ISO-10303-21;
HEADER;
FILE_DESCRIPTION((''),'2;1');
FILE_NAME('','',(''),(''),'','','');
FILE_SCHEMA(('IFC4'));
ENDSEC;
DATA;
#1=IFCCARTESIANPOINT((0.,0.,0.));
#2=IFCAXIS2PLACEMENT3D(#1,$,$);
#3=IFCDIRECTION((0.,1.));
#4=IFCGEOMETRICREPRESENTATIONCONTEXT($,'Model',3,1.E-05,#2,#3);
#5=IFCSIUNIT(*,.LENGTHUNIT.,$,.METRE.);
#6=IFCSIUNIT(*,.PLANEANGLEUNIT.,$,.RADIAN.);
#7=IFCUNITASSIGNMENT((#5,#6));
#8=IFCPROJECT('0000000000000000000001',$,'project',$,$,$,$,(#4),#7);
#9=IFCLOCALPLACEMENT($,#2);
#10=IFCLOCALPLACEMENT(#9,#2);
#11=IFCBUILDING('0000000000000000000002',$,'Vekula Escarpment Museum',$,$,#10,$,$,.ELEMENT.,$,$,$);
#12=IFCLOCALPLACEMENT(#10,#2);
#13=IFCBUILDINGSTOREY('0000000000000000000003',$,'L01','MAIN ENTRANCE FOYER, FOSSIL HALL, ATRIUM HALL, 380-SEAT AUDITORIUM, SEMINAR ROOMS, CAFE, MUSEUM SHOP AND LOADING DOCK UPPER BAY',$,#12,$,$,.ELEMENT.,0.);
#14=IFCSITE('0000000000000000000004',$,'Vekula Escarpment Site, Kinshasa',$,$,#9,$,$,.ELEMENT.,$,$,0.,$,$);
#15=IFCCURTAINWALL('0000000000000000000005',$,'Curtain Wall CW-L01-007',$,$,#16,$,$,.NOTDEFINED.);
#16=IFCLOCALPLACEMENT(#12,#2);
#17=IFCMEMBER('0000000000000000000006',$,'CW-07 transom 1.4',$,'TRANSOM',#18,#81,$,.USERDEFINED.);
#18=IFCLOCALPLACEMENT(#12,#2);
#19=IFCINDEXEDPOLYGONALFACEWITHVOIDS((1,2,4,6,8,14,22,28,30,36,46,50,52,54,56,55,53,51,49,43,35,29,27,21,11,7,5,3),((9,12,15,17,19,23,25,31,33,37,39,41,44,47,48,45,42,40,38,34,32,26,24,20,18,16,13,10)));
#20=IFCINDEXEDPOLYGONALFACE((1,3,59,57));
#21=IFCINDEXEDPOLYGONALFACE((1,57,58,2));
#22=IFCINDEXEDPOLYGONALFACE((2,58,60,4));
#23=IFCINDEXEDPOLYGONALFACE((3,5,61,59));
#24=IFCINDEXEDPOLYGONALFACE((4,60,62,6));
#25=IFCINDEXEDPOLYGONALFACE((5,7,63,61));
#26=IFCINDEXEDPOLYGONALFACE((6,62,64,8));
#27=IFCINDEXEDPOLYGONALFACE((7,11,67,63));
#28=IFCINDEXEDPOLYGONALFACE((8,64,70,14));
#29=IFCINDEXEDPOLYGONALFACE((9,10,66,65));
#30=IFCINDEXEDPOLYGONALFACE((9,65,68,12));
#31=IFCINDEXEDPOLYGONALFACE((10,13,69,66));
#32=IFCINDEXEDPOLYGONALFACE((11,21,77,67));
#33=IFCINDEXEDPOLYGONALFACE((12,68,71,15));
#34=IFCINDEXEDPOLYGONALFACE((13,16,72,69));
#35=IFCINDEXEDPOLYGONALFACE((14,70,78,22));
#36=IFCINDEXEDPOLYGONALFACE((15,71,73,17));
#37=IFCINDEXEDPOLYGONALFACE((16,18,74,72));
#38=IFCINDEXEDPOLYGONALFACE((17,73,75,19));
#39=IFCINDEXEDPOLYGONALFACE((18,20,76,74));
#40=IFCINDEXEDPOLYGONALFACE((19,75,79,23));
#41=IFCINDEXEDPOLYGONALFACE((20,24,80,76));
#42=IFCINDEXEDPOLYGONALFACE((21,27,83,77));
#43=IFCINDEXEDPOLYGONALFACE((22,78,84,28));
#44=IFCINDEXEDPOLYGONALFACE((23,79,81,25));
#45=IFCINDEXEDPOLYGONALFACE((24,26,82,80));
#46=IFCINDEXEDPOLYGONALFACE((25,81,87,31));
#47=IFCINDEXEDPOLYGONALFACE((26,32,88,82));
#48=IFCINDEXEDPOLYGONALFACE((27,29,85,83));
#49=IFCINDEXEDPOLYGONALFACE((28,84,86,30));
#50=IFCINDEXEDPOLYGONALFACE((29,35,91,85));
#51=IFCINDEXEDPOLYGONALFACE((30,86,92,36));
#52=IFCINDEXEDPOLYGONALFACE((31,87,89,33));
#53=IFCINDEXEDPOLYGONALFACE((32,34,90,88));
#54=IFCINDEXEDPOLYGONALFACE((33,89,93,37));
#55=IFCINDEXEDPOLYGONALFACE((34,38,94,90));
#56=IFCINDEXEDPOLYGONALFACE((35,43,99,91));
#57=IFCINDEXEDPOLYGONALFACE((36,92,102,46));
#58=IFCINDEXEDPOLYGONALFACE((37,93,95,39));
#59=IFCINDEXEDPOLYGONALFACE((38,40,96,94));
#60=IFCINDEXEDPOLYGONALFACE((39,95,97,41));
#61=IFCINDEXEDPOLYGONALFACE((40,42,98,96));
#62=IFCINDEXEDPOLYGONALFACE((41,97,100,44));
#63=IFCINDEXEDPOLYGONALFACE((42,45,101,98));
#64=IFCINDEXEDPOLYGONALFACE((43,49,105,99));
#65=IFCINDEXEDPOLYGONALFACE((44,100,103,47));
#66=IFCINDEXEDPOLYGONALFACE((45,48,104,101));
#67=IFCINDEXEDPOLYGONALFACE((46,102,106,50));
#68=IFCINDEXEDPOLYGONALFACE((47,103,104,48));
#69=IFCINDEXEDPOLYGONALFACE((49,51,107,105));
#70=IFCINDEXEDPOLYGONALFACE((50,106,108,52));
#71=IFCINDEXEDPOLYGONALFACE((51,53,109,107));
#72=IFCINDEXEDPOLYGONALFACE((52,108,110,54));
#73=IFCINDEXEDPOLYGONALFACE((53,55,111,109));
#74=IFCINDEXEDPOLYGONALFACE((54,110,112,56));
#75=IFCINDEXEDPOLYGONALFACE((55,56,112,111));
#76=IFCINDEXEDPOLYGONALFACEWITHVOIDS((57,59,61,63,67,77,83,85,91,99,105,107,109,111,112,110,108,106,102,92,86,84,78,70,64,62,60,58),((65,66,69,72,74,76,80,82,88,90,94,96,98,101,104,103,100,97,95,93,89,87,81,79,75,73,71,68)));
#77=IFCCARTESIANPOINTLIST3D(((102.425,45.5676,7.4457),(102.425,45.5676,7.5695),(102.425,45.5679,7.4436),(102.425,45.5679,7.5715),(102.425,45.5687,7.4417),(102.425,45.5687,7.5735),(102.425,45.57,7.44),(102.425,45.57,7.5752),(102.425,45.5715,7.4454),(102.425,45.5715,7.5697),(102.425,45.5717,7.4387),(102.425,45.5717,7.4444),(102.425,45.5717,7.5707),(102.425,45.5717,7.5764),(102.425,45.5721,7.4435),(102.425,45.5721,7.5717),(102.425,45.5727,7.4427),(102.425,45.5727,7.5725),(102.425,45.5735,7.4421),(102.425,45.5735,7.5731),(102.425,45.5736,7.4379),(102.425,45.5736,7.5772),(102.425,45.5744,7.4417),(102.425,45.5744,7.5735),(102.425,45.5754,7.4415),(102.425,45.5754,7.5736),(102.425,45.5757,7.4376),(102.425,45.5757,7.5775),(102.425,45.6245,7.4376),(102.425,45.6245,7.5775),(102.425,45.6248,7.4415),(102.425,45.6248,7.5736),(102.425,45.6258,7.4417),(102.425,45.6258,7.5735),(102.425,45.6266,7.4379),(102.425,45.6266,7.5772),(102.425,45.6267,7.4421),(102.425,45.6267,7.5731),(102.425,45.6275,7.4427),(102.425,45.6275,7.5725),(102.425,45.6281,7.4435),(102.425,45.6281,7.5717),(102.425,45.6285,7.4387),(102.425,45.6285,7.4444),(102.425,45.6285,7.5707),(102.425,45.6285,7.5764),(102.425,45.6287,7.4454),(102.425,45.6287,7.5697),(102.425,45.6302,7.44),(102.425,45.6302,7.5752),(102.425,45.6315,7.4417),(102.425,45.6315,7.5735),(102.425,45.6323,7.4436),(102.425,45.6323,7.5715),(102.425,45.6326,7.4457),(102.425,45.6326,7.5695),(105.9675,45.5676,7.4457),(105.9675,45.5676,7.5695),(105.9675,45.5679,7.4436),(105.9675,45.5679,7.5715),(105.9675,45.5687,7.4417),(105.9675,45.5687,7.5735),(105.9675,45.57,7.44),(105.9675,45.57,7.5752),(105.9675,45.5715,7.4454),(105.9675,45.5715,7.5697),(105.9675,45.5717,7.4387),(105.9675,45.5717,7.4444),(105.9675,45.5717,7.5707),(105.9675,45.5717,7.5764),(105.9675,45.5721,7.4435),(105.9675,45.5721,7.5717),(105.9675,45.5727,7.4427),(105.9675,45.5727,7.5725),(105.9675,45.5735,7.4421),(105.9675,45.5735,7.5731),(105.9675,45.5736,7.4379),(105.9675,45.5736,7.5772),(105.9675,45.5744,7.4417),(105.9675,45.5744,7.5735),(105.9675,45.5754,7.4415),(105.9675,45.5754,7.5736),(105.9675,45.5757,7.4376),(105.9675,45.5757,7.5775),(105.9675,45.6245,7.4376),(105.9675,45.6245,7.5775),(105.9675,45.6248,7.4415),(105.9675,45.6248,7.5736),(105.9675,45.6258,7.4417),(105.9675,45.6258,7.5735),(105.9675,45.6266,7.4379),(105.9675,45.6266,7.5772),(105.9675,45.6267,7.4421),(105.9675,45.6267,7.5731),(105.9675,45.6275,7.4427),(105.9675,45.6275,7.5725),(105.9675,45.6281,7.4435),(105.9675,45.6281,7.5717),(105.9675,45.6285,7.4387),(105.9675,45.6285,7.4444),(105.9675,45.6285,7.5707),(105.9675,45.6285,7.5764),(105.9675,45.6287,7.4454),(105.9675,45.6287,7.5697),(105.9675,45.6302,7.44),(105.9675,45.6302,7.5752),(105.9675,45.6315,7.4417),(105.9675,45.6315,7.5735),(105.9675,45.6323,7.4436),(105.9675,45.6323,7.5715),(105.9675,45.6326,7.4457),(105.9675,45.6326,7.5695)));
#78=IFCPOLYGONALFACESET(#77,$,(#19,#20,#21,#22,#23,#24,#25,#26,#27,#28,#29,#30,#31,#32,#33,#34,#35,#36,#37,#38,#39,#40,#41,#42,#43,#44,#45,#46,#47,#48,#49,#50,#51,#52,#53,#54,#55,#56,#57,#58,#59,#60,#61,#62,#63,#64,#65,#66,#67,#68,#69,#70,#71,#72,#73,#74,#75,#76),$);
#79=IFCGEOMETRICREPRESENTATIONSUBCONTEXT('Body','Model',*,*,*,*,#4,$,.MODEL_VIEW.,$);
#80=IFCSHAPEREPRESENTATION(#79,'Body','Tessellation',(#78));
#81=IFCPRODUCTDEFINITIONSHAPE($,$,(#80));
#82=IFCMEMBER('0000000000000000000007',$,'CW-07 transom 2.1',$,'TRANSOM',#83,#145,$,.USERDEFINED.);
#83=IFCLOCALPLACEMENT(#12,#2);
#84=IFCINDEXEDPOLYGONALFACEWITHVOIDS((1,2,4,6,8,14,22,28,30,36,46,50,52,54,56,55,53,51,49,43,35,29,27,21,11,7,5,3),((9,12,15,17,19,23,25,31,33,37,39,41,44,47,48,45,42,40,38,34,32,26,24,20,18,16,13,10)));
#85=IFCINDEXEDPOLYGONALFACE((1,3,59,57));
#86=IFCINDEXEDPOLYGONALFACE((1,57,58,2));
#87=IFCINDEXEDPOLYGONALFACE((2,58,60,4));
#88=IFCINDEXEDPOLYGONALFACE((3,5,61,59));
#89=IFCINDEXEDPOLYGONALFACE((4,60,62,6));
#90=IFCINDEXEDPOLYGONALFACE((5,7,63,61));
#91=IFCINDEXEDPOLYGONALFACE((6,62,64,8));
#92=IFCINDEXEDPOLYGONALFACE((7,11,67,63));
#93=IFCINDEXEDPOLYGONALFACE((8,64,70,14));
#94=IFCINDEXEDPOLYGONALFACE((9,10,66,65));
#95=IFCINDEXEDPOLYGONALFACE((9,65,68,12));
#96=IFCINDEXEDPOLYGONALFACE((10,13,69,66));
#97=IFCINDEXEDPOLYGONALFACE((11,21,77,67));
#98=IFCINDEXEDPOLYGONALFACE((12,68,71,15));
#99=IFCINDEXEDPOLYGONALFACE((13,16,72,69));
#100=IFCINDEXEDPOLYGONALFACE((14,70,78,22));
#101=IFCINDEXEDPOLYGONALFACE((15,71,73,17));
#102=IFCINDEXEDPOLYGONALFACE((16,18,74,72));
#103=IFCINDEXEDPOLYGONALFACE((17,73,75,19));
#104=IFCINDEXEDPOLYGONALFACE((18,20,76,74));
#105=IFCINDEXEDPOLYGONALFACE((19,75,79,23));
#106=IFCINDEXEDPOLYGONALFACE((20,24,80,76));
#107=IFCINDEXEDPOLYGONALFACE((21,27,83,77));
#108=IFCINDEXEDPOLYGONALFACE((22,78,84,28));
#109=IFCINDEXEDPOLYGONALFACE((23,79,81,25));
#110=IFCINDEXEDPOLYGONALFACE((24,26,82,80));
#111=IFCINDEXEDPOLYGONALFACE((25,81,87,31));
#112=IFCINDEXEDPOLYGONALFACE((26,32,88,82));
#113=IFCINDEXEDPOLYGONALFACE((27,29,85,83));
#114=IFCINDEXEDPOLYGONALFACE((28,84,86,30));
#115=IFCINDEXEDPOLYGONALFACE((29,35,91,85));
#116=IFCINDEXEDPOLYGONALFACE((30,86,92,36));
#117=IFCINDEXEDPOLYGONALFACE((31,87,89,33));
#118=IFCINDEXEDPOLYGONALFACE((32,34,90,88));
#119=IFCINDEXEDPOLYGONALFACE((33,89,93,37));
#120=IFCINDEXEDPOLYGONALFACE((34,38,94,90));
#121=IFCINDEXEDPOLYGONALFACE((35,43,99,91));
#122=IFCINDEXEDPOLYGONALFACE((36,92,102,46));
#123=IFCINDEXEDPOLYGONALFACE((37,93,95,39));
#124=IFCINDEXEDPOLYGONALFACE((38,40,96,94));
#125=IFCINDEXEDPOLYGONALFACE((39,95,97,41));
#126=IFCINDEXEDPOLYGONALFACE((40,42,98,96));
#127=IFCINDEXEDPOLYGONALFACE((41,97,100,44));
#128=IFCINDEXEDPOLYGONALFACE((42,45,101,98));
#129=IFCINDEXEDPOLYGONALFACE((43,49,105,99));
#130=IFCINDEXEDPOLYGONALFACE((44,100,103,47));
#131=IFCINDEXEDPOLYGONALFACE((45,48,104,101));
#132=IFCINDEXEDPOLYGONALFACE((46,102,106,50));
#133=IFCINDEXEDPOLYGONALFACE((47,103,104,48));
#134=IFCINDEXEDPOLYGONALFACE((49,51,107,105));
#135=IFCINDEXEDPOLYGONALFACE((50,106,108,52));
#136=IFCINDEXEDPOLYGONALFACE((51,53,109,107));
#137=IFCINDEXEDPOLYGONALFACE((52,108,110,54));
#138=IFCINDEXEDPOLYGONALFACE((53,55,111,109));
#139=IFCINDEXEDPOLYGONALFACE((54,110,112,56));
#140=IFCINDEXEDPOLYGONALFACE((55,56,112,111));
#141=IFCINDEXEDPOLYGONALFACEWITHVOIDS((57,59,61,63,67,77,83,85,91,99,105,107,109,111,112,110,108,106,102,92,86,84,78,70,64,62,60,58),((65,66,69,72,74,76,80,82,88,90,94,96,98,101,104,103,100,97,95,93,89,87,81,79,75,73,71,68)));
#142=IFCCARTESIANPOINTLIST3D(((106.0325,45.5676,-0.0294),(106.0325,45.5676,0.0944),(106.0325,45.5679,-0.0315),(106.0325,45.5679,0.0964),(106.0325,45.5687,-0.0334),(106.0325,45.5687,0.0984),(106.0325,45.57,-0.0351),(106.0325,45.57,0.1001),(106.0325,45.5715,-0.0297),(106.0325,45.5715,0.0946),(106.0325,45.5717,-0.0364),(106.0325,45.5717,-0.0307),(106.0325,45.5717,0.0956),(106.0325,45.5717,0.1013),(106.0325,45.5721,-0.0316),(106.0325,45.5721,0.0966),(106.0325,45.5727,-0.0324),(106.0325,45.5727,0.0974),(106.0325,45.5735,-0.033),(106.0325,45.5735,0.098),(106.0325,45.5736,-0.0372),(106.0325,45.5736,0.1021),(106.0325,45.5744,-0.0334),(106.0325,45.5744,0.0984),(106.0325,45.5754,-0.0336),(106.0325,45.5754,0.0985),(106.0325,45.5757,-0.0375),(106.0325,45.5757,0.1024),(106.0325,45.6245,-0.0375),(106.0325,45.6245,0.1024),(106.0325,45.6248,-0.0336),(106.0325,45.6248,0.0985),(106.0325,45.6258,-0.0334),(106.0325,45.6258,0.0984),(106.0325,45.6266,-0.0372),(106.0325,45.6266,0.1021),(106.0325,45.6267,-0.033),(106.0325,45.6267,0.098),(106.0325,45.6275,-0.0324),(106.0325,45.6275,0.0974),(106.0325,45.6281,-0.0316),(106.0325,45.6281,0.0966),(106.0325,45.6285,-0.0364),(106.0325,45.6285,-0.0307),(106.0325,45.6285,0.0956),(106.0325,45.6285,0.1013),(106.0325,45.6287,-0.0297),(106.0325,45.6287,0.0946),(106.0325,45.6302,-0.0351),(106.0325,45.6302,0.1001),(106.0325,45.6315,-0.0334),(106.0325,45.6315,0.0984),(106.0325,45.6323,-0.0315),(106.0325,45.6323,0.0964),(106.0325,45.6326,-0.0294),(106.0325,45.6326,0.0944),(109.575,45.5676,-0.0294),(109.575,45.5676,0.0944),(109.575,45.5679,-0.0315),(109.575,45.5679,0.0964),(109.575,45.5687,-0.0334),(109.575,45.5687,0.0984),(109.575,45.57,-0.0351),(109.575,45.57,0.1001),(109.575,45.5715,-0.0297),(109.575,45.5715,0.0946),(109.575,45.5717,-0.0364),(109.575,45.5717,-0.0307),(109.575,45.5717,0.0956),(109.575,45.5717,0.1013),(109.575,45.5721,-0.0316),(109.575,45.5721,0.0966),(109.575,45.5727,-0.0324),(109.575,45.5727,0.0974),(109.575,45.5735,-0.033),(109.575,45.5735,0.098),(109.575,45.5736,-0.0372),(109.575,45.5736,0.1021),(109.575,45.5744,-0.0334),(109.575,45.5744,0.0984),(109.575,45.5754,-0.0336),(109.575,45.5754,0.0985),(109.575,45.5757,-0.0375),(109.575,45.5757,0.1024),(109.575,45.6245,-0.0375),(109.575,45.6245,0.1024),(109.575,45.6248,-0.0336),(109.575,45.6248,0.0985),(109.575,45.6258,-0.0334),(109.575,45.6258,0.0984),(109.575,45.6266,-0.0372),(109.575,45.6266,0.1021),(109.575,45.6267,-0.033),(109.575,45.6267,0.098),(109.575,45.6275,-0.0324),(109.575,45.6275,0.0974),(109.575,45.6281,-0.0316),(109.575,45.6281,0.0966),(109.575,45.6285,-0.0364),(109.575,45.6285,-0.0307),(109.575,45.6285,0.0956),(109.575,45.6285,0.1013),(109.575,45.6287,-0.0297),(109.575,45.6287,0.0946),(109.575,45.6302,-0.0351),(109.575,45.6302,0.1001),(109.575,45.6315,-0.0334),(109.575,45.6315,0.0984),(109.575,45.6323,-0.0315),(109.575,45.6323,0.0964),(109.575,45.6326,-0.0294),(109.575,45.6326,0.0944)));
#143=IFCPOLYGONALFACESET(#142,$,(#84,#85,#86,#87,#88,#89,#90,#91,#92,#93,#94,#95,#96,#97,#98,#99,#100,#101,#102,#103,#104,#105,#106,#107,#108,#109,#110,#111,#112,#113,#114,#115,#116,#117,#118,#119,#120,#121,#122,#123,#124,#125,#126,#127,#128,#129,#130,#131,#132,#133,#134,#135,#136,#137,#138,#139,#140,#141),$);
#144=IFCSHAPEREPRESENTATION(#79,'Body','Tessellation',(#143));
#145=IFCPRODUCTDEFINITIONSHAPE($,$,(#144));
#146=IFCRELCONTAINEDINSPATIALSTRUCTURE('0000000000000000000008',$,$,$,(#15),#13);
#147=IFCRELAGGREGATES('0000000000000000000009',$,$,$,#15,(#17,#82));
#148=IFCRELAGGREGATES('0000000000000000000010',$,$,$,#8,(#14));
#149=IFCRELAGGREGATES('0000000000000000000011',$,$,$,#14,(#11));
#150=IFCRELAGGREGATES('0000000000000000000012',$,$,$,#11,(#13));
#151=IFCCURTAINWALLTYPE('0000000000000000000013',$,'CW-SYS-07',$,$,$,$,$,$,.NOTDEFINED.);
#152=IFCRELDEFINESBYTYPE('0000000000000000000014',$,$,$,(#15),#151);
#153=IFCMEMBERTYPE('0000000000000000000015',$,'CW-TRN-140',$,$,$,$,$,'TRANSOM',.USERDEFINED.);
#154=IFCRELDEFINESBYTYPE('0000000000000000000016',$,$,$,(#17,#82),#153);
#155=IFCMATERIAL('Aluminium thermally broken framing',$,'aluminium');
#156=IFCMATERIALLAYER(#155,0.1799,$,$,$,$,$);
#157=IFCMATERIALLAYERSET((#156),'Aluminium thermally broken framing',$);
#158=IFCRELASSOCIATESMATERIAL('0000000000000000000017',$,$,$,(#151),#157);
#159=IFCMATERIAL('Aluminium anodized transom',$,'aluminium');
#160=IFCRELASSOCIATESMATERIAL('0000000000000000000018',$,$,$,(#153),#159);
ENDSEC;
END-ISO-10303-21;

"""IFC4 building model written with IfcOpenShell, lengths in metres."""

from ifc_helpers import new_model, si_unit, direction, frame, origin, origin_2d, place, context, subcontext, project, spatial, hollow_rectangle, extrude, material, layer, layer_set, material_profile, profile_set, type_object, element, aggregate, save


model = new_model("IFC4")

# Units and contexts
model_context = context("Model", 3, precision=1e-05, world=origin(), true_north=direction((0.0, 1.0)))
body_context = subcontext(model_context, "Body", "Model", "MODEL_VIEW")
ifc_project = project(units=[si_unit("LENGTHUNIT", "METRE"), si_unit("PLANEANGLEUNIT", "RADIAN")], contexts=[model_context])

# Site, building, storey
site_placement = place(None, origin())
site = spatial("IfcSite", under=ifc_project, at=site_placement, Name="Vekula Escarpment Site, Kinshasa", CompositionType="ELEMENT", RefElevation=0.0)
building_placement = place(site_placement, origin())
building = spatial("IfcBuilding", under=site, at=building_placement, Name="Vekula Escarpment Museum", CompositionType="ELEMENT")
storey_placement = place(building_placement, origin())
storey = spatial("IfcBuildingStorey", under=building, at=storey_placement, Name="L01", Description="MAIN ENTRANCE FOYER, FOSSIL HALL, ATRIUM HALL, 380-SEAT AUDITORIUM, SEMINAR ROOMS, CAFE, MUSEUM SHOP AND LOADING DOCK UPPER BAY", CompositionType="ELEMENT", Elevation=0.0)

# Curtain wall, members
ifc_material_1 = material(Name="Aluminium thermally broken framing", Category="aluminium")
ifc_layer_1 = layer(ifc_material_1, 0.1799)
ifc_layer_set_1 = layer_set([ifc_layer_1], Name="Aluminium thermally broken framing")
curtain_wall_type = type_object("IfcCurtainWallType", Name="CW-SYS-07", PredefinedType="NOTDEFINED", material=ifc_layer_set_1)
curtain_wall_placement = place(storey_placement, origin())
curtain_wall = element("IfcCurtainWall", 1, at=curtain_wall_placement, inside=storey, type_object=curtain_wall_type, Name="Curtain Wall CW-L01-007", PredefinedType="NOTDEFINED")
ifc_material_2 = material(Name="Aluminium anodized transom", Category="aluminium")
ifc_material_profile_1 = material_profile(ifc_material_2, hollow_rectangle(XDim=0.0649, YDim=0.1399, WallThickness=0.0039, InnerFilletRadius=0.0039, OuterFilletRadius=0.0081, at=origin_2d()), Name="ALU 140x65x4")
ifc_profile_set_1 = profile_set([ifc_material_profile_1], Name="Aluminium anodized transom")
member_type_1 = type_object("IfcMemberType", Name="CW-TRN-140", ElementType="TRANSOM", PredefinedType="USERDEFINED", material=ifc_profile_set_1)
member_1_placement = place(storey_placement, frame((102.425, 45.6001, 7.5076), z_axis=(1.0, 0.0, 0.0), x_axis=(0.0, 1.0, 0.0)))
member_1 = element("IfcMember", 2, at=member_1_placement, type_object=member_type_1, Name="CW-07 transom 1.4", ObjectType="TRANSOM", PredefinedType="USERDEFINED", context=body_context, shape_type="SweptSolid", body=[
    extrude(hollow_rectangle(XDim=0.0649, YDim=0.1399, WallThickness=0.0039, InnerFilletRadius=0.0039, OuterFilletRadius=0.0081, at=origin_2d()), origin(), (0.0, 0.0, 1.0), 3.5425),
])
member_2_placement = place(storey_placement, frame((106.0325, 45.6001, 0.0325), z_axis=(1.0, 0.0, 0.0), x_axis=(0.0, 1.0, 0.0)))
member_2 = element("IfcMember", 3, at=member_2_placement, type_object=member_type_1, Name="CW-07 transom 2.1", ObjectType="TRANSOM", PredefinedType="USERDEFINED", context=body_context, shape_type="SweptSolid", body=[
    extrude(hollow_rectangle(XDim=0.0649, YDim=0.1399, WallThickness=0.0039, InnerFilletRadius=0.0039, OuterFilletRadius=0.0081, at=origin_2d()), origin(), (0.0, 0.0, 1.0), 3.5425),
])

aggregate(curtain_wall, [member_1, member_2])

save(model, "model.ifc")
